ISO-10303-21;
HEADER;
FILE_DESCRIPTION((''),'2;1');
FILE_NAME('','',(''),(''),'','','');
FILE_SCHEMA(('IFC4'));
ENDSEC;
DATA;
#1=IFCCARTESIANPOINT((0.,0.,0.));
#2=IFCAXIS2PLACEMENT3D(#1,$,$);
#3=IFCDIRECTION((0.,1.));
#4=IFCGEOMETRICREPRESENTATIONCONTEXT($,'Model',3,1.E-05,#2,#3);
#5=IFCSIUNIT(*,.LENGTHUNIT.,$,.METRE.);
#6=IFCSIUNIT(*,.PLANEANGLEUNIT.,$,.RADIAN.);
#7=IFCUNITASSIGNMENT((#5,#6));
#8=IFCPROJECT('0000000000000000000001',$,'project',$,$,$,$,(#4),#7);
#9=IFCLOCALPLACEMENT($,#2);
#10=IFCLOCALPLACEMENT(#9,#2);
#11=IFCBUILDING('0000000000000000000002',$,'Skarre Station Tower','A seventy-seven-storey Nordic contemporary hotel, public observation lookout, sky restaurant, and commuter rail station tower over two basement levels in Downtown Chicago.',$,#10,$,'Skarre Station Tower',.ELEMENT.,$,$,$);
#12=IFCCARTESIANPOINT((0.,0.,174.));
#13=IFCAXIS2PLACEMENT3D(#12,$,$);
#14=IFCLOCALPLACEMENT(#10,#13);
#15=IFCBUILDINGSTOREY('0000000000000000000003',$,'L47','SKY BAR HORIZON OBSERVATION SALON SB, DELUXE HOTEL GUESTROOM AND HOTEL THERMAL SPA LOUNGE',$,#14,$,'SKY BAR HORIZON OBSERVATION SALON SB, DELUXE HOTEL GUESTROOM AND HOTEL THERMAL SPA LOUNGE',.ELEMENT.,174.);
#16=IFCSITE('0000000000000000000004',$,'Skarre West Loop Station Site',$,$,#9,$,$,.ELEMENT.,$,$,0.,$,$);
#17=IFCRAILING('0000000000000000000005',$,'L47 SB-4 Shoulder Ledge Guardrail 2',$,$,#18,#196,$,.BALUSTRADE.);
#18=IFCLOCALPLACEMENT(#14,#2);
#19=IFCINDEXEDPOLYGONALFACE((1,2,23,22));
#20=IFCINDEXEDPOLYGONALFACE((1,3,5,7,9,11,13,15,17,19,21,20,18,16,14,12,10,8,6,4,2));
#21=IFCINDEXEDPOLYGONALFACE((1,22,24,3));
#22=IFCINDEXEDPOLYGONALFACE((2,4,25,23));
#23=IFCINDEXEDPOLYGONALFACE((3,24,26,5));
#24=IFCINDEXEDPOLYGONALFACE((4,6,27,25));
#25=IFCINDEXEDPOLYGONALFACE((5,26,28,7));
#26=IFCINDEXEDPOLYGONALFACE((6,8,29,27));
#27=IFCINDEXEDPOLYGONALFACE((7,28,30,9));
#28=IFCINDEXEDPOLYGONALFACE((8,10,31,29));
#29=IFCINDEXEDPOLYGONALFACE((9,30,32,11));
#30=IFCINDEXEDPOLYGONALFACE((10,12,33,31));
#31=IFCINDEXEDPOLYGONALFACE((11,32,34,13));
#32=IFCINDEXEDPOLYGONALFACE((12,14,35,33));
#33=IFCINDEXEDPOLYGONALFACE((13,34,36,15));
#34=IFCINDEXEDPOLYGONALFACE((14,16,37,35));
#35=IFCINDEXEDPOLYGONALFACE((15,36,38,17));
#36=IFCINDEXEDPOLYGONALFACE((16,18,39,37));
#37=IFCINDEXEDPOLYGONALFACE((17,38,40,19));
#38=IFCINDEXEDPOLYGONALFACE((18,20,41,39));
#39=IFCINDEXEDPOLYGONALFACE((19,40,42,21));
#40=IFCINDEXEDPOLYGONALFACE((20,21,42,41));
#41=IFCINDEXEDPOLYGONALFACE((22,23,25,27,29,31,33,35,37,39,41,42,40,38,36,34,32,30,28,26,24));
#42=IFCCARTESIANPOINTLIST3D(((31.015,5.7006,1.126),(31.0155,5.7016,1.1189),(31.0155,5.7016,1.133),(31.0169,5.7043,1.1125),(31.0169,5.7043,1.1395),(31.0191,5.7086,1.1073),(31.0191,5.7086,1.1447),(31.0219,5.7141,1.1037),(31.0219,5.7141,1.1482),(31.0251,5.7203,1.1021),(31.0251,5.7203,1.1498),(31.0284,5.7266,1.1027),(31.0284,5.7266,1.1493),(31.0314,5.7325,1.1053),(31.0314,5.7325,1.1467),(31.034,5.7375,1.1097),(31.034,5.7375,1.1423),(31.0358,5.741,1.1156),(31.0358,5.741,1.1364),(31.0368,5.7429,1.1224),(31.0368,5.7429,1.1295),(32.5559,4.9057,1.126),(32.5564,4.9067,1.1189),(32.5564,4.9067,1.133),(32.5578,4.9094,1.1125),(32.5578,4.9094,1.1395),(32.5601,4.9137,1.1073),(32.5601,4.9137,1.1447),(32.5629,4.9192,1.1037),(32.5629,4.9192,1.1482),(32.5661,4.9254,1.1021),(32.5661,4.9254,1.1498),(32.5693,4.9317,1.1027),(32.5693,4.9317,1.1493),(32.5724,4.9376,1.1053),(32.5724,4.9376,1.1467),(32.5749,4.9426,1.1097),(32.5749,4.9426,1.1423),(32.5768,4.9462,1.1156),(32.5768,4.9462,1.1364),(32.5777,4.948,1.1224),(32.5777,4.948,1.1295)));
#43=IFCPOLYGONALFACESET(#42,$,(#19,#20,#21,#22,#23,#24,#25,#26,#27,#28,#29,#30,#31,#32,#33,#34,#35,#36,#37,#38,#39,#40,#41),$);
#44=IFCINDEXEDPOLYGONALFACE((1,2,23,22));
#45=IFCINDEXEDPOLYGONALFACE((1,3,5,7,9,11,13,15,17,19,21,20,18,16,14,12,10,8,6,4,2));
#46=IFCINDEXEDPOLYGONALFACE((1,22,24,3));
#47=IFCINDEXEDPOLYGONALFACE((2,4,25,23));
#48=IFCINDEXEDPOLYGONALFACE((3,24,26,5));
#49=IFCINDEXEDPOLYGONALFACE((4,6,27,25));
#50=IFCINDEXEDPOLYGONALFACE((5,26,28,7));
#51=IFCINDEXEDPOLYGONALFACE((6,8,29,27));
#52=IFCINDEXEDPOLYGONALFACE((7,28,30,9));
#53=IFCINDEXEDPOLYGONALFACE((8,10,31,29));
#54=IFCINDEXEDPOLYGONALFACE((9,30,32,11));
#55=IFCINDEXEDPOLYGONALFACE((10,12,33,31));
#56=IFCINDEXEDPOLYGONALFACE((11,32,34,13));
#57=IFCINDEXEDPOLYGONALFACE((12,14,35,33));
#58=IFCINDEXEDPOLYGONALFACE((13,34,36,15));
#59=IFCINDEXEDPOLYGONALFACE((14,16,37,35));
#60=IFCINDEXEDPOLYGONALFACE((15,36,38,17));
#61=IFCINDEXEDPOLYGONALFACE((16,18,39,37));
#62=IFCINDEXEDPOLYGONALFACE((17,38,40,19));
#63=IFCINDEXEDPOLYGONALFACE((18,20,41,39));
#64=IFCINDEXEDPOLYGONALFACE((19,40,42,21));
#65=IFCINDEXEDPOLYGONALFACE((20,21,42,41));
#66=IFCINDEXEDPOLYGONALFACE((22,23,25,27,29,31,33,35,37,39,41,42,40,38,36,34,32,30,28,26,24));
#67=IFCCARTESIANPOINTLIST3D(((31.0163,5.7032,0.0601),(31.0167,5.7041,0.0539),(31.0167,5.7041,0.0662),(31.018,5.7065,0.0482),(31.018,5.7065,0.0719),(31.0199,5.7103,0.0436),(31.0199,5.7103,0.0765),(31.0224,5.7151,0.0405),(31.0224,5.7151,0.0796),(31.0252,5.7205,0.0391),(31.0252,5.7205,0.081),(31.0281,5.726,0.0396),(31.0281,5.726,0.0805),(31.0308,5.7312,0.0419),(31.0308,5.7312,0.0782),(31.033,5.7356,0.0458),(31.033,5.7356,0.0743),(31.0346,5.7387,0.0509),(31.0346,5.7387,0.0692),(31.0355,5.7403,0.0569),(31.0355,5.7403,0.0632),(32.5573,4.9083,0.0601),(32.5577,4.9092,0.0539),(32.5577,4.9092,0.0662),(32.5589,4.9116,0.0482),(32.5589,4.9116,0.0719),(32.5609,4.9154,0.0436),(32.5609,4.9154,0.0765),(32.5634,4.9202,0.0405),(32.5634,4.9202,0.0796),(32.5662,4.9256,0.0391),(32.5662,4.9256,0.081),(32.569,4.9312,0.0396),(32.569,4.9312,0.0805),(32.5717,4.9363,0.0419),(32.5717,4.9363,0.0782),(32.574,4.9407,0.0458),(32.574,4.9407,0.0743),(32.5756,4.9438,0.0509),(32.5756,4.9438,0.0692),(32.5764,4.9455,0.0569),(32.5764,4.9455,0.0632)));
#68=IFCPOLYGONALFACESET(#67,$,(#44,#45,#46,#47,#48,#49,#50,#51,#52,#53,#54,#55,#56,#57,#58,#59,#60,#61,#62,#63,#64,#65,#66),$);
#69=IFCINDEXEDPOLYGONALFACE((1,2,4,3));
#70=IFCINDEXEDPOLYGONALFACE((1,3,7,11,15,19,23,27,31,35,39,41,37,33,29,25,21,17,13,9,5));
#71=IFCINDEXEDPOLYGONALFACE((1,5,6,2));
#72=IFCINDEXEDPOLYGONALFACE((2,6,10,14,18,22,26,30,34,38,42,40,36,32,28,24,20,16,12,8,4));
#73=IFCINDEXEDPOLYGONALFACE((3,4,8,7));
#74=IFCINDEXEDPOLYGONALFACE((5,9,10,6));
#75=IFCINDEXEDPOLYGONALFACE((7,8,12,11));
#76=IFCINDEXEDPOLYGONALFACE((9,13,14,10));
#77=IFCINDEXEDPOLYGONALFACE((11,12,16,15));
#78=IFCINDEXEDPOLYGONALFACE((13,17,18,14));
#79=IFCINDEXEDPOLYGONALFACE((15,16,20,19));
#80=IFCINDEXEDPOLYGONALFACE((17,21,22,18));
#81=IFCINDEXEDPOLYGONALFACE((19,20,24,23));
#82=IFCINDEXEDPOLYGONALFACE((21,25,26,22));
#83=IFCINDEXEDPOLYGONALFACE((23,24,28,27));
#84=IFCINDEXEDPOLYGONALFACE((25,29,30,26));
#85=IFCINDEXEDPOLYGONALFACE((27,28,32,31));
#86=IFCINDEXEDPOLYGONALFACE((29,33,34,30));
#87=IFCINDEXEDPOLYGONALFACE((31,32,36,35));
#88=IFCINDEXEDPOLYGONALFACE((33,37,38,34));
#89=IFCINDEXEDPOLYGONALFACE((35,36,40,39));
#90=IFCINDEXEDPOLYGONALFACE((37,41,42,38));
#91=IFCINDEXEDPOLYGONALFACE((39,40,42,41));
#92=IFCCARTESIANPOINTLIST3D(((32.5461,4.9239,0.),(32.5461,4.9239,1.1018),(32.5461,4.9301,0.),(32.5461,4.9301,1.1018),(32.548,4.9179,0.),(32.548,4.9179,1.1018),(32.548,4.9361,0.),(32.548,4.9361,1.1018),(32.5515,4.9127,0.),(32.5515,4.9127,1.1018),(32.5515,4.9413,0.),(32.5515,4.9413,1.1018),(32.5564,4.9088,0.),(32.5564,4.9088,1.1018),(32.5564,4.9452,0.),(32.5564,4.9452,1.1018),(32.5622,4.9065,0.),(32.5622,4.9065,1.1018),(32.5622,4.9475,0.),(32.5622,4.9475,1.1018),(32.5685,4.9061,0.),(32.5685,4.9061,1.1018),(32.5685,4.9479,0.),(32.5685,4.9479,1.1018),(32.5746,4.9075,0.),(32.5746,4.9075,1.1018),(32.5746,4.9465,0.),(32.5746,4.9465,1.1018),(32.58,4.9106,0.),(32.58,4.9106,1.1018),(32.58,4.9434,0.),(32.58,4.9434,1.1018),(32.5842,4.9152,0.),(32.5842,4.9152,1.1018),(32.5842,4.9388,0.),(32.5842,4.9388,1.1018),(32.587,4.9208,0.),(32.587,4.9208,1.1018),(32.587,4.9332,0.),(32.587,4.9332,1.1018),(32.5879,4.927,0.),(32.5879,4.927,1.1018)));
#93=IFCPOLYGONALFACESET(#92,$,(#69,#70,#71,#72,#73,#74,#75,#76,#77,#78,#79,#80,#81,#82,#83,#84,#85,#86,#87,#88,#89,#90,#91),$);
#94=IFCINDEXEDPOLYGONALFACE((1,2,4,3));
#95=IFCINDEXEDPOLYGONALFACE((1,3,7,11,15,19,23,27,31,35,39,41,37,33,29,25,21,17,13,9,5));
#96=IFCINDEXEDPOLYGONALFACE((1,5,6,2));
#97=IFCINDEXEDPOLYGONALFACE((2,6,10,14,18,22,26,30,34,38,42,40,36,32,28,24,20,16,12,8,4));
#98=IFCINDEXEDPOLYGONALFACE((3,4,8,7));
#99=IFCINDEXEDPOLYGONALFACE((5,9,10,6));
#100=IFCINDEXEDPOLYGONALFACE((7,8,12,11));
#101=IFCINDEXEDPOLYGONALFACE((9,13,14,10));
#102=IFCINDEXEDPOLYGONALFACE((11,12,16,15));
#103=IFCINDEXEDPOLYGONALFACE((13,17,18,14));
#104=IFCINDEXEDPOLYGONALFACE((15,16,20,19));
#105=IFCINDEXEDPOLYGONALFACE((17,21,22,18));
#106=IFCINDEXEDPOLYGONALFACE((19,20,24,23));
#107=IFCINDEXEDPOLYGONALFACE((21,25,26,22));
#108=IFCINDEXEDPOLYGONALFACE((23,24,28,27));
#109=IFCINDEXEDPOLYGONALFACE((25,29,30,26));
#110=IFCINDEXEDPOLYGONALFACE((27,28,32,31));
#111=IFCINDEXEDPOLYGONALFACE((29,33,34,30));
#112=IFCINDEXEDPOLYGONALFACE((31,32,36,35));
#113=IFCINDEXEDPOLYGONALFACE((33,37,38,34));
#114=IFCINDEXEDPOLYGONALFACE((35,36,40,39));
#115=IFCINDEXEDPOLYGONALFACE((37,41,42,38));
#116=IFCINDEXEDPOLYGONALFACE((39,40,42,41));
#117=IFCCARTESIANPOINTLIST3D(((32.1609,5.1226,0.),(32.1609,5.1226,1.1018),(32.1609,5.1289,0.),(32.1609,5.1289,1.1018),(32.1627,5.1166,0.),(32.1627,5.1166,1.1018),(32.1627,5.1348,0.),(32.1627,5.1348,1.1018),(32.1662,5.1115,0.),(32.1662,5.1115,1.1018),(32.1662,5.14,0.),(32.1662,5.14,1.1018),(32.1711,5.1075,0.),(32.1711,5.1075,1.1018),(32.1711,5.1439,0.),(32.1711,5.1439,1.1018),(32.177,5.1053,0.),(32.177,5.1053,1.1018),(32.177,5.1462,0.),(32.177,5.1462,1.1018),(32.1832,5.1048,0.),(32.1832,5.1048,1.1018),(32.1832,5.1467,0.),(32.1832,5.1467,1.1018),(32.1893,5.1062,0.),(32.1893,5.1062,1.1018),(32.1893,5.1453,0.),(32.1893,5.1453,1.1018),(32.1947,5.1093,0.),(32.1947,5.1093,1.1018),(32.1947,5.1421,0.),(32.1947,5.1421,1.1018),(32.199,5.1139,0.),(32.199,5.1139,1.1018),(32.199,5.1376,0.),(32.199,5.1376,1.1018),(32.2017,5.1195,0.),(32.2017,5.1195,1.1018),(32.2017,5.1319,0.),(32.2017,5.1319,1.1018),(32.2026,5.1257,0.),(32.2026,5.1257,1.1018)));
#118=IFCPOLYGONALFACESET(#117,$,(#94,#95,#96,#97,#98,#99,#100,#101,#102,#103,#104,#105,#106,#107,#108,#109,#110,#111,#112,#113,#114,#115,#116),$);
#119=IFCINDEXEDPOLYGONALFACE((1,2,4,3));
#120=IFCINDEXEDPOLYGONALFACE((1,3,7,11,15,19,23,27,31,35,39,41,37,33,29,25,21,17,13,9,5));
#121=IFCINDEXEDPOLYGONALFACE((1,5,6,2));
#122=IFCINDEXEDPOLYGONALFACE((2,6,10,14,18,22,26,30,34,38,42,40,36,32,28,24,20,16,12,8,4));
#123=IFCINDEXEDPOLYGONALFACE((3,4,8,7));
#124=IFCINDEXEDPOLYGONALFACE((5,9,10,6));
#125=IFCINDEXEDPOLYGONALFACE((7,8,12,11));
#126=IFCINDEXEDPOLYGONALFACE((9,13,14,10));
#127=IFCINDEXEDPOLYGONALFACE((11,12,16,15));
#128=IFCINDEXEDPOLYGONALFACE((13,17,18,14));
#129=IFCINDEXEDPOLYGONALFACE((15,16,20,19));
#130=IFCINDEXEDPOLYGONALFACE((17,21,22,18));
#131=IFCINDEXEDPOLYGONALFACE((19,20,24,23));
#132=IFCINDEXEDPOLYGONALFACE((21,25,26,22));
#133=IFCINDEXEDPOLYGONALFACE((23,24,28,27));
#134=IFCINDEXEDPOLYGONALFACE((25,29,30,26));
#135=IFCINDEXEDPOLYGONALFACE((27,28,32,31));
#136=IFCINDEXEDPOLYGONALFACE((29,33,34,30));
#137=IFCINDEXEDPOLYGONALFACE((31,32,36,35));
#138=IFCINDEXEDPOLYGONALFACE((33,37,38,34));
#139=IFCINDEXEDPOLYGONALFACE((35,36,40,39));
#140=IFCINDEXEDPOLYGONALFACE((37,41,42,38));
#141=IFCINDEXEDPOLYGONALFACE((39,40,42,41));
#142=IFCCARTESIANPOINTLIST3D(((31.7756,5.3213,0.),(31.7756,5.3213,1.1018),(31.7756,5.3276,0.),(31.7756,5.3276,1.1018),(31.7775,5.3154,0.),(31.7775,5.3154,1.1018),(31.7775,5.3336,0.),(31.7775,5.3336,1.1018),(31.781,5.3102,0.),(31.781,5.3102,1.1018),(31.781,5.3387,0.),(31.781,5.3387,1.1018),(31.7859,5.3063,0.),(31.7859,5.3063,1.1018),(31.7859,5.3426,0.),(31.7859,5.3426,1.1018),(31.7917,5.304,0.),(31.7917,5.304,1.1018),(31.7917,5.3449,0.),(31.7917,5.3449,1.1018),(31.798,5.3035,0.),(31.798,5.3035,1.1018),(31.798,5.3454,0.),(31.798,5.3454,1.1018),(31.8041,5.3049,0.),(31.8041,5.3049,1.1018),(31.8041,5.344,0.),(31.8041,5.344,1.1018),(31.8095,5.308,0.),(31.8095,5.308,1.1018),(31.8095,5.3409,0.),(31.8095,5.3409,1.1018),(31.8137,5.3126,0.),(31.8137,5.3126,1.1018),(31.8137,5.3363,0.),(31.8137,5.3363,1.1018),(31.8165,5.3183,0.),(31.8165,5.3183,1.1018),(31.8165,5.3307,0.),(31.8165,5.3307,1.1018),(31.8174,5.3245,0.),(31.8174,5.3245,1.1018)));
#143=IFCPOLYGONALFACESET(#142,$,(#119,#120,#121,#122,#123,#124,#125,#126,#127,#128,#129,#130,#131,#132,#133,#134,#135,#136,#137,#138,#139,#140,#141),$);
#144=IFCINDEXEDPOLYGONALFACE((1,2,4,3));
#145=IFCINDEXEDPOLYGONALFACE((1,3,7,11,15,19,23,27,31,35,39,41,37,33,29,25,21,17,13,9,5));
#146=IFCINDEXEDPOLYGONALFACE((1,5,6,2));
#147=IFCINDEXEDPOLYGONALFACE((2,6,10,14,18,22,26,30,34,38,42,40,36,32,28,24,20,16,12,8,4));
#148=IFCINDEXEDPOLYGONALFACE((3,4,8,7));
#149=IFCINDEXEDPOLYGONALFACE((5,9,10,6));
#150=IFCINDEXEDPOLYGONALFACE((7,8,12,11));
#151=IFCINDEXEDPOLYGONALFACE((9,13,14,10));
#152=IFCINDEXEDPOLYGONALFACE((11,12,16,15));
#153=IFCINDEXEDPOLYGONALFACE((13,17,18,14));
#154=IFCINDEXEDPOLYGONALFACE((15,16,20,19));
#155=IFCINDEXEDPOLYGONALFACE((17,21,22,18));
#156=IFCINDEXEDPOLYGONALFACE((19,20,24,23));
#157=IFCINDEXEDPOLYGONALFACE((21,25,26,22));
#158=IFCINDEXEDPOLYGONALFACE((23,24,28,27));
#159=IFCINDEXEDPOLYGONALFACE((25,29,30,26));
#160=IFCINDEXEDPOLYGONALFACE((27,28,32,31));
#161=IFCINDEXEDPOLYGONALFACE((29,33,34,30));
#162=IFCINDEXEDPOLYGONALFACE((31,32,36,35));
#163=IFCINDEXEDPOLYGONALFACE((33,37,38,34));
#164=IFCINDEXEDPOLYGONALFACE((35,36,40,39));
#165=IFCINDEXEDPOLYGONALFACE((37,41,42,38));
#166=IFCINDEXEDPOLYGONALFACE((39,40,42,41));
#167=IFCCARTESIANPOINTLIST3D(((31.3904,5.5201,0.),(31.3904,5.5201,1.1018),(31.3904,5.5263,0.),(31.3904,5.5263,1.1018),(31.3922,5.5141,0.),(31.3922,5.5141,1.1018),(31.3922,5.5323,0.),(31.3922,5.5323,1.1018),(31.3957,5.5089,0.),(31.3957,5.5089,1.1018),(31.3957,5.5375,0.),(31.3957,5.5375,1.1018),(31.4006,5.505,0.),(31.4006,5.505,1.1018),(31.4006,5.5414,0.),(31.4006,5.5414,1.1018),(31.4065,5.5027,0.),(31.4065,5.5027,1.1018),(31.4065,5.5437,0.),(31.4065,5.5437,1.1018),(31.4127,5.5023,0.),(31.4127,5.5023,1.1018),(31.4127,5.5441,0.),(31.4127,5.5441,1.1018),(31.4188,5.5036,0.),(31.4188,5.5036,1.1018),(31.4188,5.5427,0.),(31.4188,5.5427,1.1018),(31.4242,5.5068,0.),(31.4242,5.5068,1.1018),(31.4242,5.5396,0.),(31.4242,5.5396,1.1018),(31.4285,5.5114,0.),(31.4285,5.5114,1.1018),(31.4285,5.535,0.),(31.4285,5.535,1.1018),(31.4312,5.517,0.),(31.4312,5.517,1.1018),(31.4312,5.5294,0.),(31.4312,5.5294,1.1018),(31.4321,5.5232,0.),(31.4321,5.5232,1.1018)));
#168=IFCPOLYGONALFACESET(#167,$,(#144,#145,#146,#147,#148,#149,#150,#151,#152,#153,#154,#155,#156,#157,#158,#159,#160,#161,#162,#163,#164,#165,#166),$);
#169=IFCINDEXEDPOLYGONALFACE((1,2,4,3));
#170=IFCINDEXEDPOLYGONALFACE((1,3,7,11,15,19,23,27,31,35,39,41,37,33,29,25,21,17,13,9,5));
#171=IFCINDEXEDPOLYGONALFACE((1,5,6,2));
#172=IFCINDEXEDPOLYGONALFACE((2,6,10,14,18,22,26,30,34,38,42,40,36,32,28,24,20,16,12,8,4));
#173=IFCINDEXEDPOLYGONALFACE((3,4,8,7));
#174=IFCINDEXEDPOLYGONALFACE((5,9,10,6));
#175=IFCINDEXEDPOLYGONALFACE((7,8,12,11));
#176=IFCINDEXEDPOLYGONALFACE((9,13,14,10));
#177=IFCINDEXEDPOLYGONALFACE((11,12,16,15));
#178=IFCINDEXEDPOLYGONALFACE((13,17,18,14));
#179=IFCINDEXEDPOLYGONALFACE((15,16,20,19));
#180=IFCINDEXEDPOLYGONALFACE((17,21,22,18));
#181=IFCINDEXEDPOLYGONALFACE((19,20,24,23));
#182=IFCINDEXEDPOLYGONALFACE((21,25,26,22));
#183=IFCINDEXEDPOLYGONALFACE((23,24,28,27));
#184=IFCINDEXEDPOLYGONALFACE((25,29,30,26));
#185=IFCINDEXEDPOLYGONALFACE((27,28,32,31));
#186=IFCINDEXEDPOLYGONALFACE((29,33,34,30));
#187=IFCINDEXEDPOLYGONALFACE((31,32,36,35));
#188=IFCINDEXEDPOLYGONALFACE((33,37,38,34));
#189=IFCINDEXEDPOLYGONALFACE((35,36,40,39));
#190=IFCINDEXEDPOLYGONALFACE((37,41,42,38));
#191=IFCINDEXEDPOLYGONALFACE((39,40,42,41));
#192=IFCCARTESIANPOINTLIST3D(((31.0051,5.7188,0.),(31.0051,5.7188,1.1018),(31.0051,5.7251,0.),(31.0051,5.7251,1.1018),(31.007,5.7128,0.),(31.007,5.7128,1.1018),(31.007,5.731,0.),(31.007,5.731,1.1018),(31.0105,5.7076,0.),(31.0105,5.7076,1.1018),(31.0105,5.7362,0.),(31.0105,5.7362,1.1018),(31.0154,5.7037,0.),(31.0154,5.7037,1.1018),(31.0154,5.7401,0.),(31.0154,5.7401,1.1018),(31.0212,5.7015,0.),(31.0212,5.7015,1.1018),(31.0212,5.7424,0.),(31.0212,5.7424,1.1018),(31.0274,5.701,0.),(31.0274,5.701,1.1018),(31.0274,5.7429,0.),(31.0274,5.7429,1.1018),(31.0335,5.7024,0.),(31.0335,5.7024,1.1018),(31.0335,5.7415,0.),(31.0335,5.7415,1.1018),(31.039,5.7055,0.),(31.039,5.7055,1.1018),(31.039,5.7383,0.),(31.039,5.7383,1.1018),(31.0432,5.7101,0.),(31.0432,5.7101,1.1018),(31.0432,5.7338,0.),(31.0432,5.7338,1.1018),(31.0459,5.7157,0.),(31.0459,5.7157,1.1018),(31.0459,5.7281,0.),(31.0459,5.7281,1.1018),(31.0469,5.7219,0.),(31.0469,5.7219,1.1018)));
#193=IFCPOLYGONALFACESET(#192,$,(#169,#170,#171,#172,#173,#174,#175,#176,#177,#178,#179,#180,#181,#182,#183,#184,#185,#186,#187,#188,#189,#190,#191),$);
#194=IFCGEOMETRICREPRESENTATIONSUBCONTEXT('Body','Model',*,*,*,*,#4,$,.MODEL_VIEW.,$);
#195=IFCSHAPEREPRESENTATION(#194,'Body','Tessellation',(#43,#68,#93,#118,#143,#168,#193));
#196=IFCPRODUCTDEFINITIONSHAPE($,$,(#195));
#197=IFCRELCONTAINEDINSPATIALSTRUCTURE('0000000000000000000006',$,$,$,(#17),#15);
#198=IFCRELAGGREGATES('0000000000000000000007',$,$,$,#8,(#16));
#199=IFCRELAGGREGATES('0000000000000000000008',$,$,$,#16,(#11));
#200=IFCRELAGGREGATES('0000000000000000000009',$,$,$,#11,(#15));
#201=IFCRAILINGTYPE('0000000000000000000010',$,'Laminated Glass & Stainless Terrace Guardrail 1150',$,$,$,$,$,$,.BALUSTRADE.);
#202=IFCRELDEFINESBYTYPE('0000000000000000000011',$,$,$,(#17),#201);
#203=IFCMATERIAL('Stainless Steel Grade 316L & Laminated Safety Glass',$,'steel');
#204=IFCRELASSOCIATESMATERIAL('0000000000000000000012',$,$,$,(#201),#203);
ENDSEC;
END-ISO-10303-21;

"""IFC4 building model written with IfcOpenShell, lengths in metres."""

from ifc_helpers import new_model, si_unit, direction, frame, origin, origin_2d, place, context, subcontext, project, spatial, circle, extrude, material, type_object, element, save


model = new_model("IFC4")

# Units and contexts
model_context = context("Model", 3, precision=1e-05, world=origin(), true_north=direction((0.0, 1.0)))
body_context = subcontext(model_context, "Body", "Model", "MODEL_VIEW")
ifc_project = project(units=[si_unit("LENGTHUNIT", "METRE"), si_unit("PLANEANGLEUNIT", "RADIAN")], contexts=[model_context])

# Site, building, storey
site_placement = place(None, origin())
site = spatial("IfcSite", under=ifc_project, at=site_placement, Name="Skarre West Loop Station Site", CompositionType="ELEMENT", RefElevation=0.0)
building_placement = place(site_placement, origin())
building = spatial("IfcBuilding", under=site, at=building_placement, Name="Skarre Station Tower", Description="A seventy-seven-storey Nordic contemporary hotel, public observation lookout, sky restaurant, and commuter rail station tower over two basement levels in Downtown Chicago.", LongName="Skarre Station Tower", CompositionType="ELEMENT")
storey_placement = place(building_placement, frame((0.0, 0.0, 174.0)))
storey = spatial("IfcBuildingStorey", under=building, at=storey_placement, Name="L47", Description="SKY BAR HORIZON OBSERVATION SALON SB, DELUXE HOTEL GUESTROOM AND HOTEL THERMAL SPA LOUNGE", LongName="SKY BAR HORIZON OBSERVATION SALON SB, DELUXE HOTEL GUESTROOM AND HOTEL THERMAL SPA LOUNGE", CompositionType="ELEMENT", Elevation=174.0)

# Railing
ifc_material_1 = material(Name="Stainless Steel Grade 316L & Laminated Safety Glass", Category="steel")
railing_type = type_object("IfcRailingType", Name="Laminated Glass & Stainless Terrace Guardrail 1150", PredefinedType="BALUSTRADE", material=ifc_material_1)
railing_placement = place(storey_placement, frame((32.5669, 4.927, 0.0)))
element("IfcRailing", 1, at=railing_placement, inside=storey, type_object=railing_type, Name="L47 SB-4 Shoulder Ledge Guardrail 2", PredefinedType="BALUSTRADE", context=body_context, shape_type="SweptSolid", body=[
    extrude(circle(Radius=0.0239, at=origin_2d()), frame((0.0, 0.0, 1.126), z_axis=(-0.888724, 0.458442, 0.0), x_axis=(-0.458442, -0.888724, 0.0)), (0.0, 0.0, 1.0), 1.7339),
    extrude(circle(Radius=0.021, at=origin_2d()), frame((0.0, 0.0, 0.0601), z_axis=(-0.888724, 0.458442, 0.0), x_axis=(-0.458442, -0.888724, 0.0)), (0.0, 0.0, 1.0), 1.7339),
    extrude(circle(Radius=0.021, at=origin_2d()), origin(), (0.0, 0.0, 1.0), 1.1018),
    extrude(circle(Radius=0.021, at=origin_2d()), frame((-0.3853, 0.1987, 0.0)), (0.0, 0.0, 1.0), 1.1018),
    extrude(circle(Radius=0.021, at=origin_2d()), frame((-0.7705, 0.3975, 0.0)), (0.0, 0.0, 1.0), 1.1018),
    extrude(circle(Radius=0.021, at=origin_2d()), frame((-1.1558, 0.5962, 0.0)), (0.0, 0.0, 1.0), 1.1018),
    extrude(circle(Radius=0.021, at=origin_2d()), frame((-1.541, 0.7949, 0.0)), (0.0, 0.0, 1.0), 1.1018),
])

save(model, "model.ifc")
